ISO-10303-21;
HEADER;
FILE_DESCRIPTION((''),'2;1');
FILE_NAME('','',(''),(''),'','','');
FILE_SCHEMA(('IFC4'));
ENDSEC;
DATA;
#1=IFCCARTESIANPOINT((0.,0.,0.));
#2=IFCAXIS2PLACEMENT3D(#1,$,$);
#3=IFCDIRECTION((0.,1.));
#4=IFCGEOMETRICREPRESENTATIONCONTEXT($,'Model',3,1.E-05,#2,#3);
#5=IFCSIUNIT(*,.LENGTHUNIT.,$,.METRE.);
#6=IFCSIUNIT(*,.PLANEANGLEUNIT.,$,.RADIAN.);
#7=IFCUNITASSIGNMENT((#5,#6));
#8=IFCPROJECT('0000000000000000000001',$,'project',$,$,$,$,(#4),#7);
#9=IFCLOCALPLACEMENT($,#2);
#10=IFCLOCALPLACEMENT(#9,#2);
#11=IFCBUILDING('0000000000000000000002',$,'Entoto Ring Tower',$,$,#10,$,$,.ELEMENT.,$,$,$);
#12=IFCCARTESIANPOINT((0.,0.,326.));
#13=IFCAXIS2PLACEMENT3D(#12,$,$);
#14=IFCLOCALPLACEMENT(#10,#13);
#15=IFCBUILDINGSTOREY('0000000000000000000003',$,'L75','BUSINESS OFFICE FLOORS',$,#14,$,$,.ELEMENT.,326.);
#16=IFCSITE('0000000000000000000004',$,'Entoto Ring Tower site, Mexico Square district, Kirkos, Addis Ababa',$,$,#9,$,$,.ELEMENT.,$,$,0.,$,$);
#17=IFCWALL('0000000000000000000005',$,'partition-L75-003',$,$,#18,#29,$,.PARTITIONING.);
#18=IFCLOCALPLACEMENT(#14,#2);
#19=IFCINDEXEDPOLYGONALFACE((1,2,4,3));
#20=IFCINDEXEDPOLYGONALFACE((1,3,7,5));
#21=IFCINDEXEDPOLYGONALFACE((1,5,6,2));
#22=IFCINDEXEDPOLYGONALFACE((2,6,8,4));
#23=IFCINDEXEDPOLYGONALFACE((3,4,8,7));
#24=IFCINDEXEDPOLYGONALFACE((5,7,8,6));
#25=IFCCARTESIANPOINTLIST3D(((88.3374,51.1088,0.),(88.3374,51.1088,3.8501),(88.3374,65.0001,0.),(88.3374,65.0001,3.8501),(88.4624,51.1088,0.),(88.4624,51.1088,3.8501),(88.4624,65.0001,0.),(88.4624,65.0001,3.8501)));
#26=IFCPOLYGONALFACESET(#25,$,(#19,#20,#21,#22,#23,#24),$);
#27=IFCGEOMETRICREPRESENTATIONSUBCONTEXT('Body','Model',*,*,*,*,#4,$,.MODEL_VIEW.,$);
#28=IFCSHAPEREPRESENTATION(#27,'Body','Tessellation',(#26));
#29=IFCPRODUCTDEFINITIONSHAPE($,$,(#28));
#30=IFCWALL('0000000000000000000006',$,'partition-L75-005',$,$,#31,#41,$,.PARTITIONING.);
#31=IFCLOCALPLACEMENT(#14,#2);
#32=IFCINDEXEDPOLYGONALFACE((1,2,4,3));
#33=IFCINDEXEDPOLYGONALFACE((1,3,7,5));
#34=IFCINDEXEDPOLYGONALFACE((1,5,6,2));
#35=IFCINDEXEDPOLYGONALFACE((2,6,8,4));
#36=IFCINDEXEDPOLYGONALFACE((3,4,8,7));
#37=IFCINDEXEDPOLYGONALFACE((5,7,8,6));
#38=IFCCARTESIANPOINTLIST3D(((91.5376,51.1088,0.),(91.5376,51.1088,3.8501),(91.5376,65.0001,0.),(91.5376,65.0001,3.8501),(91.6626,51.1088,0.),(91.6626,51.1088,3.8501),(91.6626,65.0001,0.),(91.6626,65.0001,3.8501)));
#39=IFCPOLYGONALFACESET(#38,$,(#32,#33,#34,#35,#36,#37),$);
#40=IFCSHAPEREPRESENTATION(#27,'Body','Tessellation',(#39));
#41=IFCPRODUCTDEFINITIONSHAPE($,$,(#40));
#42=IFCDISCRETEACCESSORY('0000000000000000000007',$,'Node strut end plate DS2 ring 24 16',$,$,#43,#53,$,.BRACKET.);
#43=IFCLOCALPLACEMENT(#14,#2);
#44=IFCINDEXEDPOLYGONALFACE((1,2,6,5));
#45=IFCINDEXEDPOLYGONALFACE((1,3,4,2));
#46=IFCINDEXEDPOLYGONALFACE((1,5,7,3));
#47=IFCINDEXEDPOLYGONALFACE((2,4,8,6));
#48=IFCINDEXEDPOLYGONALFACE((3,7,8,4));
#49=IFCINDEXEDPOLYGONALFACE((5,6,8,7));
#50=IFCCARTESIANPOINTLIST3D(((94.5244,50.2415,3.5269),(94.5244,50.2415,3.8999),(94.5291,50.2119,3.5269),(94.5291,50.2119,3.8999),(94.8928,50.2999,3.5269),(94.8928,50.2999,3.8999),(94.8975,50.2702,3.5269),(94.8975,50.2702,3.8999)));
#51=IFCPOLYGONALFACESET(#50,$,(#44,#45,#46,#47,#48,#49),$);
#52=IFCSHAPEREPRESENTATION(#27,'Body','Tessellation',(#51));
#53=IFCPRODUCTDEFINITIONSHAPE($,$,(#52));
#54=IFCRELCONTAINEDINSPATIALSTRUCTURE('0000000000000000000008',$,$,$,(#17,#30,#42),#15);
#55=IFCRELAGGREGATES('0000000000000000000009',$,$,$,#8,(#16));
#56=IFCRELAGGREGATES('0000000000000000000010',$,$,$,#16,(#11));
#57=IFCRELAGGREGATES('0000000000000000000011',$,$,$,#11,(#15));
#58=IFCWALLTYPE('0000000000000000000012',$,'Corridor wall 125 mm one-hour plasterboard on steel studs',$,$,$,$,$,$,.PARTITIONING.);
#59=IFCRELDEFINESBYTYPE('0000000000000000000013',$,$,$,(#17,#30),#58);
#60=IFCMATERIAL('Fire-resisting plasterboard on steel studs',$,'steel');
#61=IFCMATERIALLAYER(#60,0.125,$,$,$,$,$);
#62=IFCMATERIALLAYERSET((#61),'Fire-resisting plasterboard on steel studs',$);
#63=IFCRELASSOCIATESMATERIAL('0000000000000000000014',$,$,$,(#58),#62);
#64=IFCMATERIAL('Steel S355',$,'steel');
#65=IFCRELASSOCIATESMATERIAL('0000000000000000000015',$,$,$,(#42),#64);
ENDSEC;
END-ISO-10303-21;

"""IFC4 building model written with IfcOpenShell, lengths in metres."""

from ifc_helpers import new_model, si_unit, direction, frame, frame_2d, origin, origin_2d, place, context, subcontext, project, spatial, rectangle, extrude, material, layer, layer_set, type_object, element, save


model = new_model("IFC4")

# Units and contexts
model_context = context("Model", 3, precision=1e-05, world=origin(), true_north=direction((0.0, 1.0)))
body_context = subcontext(model_context, "Body", "Model", "MODEL_VIEW")
ifc_project = project(units=[si_unit("LENGTHUNIT", "METRE"), si_unit("PLANEANGLEUNIT", "RADIAN")], contexts=[model_context])

# Site, building, storey
site_placement = place(None, origin())
site = spatial("IfcSite", under=ifc_project, at=site_placement, Name="Entoto Ring Tower site, Mexico Square district, Kirkos, Addis Ababa", CompositionType="ELEMENT", RefElevation=0.0)
building_placement = place(site_placement, origin())
building = spatial("IfcBuilding", under=site, at=building_placement, Name="Entoto Ring Tower", CompositionType="ELEMENT")
storey_placement = place(building_placement, frame((0.0, 0.0, 326.0)))
storey = spatial("IfcBuildingStorey", under=building, at=storey_placement, Name="L75", Description="BUSINESS OFFICE FLOORS", CompositionType="ELEMENT", Elevation=326.0)

# Walls
ifc_material_1 = material(Name="Fire-resisting plasterboard on steel studs", Category="steel")
ifc_layer = layer(ifc_material_1, 0.125)
ifc_layer_set = layer_set([ifc_layer], Name="Fire-resisting plasterboard on steel studs")
wall_type = type_object("IfcWallType", Name="Corridor wall 125 mm one-hour plasterboard on steel studs", PredefinedType="PARTITIONING", material=ifc_layer_set)
for number, where, z_axis, x_axis, name in (
    (1, (88.3999, 51.1086, 0.0), (0.0, 0.0, 1.0), (0.0, 1.0, 0.0), "partition-L75-003"),
    (2, (91.6001, 51.1086, 0.0), (0.0, 0.0, 1.0), (0.0, 1.0, 0.0), "partition-L75-005"),
):
    element("IfcWall", number, at=place(storey_placement, frame(where, z_axis=z_axis, x_axis=x_axis)), inside=storey, type_object=wall_type, Name=name, PredefinedType="PARTITIONING", context=body_context, shape_type="SweptSolid", body=[
        extrude(rectangle(XDim=13.8914, YDim=0.125, at=frame_2d((6.9458, 0.0))), origin(), (0.0, 0.0, 1.0), 3.8501),
    ])

# Discrete accessory
ifc_material_2 = material(Name="Steel S355", Category="steel")
discrete_accessory_placement = place(storey_placement, frame((94.7109, 50.2559, 3.5269), z_axis=(0.0, 0.0, 1.0), x_axis=(0.156434, -0.987688, 0.0)))
element("IfcDiscreteAccessory", 3, at=discrete_accessory_placement, inside=storey, material=ifc_material_2, Name="Node strut end plate DS2 ring 24 16", PredefinedType="BRACKET", context=body_context, shape_type="SweptSolid", body=[
    extrude(rectangle(XDim=0.03, YDim=0.373, at=origin_2d()), origin(), (0.0, 0.0, 1.0), 0.373),
])

save(model, "model.ifc")
